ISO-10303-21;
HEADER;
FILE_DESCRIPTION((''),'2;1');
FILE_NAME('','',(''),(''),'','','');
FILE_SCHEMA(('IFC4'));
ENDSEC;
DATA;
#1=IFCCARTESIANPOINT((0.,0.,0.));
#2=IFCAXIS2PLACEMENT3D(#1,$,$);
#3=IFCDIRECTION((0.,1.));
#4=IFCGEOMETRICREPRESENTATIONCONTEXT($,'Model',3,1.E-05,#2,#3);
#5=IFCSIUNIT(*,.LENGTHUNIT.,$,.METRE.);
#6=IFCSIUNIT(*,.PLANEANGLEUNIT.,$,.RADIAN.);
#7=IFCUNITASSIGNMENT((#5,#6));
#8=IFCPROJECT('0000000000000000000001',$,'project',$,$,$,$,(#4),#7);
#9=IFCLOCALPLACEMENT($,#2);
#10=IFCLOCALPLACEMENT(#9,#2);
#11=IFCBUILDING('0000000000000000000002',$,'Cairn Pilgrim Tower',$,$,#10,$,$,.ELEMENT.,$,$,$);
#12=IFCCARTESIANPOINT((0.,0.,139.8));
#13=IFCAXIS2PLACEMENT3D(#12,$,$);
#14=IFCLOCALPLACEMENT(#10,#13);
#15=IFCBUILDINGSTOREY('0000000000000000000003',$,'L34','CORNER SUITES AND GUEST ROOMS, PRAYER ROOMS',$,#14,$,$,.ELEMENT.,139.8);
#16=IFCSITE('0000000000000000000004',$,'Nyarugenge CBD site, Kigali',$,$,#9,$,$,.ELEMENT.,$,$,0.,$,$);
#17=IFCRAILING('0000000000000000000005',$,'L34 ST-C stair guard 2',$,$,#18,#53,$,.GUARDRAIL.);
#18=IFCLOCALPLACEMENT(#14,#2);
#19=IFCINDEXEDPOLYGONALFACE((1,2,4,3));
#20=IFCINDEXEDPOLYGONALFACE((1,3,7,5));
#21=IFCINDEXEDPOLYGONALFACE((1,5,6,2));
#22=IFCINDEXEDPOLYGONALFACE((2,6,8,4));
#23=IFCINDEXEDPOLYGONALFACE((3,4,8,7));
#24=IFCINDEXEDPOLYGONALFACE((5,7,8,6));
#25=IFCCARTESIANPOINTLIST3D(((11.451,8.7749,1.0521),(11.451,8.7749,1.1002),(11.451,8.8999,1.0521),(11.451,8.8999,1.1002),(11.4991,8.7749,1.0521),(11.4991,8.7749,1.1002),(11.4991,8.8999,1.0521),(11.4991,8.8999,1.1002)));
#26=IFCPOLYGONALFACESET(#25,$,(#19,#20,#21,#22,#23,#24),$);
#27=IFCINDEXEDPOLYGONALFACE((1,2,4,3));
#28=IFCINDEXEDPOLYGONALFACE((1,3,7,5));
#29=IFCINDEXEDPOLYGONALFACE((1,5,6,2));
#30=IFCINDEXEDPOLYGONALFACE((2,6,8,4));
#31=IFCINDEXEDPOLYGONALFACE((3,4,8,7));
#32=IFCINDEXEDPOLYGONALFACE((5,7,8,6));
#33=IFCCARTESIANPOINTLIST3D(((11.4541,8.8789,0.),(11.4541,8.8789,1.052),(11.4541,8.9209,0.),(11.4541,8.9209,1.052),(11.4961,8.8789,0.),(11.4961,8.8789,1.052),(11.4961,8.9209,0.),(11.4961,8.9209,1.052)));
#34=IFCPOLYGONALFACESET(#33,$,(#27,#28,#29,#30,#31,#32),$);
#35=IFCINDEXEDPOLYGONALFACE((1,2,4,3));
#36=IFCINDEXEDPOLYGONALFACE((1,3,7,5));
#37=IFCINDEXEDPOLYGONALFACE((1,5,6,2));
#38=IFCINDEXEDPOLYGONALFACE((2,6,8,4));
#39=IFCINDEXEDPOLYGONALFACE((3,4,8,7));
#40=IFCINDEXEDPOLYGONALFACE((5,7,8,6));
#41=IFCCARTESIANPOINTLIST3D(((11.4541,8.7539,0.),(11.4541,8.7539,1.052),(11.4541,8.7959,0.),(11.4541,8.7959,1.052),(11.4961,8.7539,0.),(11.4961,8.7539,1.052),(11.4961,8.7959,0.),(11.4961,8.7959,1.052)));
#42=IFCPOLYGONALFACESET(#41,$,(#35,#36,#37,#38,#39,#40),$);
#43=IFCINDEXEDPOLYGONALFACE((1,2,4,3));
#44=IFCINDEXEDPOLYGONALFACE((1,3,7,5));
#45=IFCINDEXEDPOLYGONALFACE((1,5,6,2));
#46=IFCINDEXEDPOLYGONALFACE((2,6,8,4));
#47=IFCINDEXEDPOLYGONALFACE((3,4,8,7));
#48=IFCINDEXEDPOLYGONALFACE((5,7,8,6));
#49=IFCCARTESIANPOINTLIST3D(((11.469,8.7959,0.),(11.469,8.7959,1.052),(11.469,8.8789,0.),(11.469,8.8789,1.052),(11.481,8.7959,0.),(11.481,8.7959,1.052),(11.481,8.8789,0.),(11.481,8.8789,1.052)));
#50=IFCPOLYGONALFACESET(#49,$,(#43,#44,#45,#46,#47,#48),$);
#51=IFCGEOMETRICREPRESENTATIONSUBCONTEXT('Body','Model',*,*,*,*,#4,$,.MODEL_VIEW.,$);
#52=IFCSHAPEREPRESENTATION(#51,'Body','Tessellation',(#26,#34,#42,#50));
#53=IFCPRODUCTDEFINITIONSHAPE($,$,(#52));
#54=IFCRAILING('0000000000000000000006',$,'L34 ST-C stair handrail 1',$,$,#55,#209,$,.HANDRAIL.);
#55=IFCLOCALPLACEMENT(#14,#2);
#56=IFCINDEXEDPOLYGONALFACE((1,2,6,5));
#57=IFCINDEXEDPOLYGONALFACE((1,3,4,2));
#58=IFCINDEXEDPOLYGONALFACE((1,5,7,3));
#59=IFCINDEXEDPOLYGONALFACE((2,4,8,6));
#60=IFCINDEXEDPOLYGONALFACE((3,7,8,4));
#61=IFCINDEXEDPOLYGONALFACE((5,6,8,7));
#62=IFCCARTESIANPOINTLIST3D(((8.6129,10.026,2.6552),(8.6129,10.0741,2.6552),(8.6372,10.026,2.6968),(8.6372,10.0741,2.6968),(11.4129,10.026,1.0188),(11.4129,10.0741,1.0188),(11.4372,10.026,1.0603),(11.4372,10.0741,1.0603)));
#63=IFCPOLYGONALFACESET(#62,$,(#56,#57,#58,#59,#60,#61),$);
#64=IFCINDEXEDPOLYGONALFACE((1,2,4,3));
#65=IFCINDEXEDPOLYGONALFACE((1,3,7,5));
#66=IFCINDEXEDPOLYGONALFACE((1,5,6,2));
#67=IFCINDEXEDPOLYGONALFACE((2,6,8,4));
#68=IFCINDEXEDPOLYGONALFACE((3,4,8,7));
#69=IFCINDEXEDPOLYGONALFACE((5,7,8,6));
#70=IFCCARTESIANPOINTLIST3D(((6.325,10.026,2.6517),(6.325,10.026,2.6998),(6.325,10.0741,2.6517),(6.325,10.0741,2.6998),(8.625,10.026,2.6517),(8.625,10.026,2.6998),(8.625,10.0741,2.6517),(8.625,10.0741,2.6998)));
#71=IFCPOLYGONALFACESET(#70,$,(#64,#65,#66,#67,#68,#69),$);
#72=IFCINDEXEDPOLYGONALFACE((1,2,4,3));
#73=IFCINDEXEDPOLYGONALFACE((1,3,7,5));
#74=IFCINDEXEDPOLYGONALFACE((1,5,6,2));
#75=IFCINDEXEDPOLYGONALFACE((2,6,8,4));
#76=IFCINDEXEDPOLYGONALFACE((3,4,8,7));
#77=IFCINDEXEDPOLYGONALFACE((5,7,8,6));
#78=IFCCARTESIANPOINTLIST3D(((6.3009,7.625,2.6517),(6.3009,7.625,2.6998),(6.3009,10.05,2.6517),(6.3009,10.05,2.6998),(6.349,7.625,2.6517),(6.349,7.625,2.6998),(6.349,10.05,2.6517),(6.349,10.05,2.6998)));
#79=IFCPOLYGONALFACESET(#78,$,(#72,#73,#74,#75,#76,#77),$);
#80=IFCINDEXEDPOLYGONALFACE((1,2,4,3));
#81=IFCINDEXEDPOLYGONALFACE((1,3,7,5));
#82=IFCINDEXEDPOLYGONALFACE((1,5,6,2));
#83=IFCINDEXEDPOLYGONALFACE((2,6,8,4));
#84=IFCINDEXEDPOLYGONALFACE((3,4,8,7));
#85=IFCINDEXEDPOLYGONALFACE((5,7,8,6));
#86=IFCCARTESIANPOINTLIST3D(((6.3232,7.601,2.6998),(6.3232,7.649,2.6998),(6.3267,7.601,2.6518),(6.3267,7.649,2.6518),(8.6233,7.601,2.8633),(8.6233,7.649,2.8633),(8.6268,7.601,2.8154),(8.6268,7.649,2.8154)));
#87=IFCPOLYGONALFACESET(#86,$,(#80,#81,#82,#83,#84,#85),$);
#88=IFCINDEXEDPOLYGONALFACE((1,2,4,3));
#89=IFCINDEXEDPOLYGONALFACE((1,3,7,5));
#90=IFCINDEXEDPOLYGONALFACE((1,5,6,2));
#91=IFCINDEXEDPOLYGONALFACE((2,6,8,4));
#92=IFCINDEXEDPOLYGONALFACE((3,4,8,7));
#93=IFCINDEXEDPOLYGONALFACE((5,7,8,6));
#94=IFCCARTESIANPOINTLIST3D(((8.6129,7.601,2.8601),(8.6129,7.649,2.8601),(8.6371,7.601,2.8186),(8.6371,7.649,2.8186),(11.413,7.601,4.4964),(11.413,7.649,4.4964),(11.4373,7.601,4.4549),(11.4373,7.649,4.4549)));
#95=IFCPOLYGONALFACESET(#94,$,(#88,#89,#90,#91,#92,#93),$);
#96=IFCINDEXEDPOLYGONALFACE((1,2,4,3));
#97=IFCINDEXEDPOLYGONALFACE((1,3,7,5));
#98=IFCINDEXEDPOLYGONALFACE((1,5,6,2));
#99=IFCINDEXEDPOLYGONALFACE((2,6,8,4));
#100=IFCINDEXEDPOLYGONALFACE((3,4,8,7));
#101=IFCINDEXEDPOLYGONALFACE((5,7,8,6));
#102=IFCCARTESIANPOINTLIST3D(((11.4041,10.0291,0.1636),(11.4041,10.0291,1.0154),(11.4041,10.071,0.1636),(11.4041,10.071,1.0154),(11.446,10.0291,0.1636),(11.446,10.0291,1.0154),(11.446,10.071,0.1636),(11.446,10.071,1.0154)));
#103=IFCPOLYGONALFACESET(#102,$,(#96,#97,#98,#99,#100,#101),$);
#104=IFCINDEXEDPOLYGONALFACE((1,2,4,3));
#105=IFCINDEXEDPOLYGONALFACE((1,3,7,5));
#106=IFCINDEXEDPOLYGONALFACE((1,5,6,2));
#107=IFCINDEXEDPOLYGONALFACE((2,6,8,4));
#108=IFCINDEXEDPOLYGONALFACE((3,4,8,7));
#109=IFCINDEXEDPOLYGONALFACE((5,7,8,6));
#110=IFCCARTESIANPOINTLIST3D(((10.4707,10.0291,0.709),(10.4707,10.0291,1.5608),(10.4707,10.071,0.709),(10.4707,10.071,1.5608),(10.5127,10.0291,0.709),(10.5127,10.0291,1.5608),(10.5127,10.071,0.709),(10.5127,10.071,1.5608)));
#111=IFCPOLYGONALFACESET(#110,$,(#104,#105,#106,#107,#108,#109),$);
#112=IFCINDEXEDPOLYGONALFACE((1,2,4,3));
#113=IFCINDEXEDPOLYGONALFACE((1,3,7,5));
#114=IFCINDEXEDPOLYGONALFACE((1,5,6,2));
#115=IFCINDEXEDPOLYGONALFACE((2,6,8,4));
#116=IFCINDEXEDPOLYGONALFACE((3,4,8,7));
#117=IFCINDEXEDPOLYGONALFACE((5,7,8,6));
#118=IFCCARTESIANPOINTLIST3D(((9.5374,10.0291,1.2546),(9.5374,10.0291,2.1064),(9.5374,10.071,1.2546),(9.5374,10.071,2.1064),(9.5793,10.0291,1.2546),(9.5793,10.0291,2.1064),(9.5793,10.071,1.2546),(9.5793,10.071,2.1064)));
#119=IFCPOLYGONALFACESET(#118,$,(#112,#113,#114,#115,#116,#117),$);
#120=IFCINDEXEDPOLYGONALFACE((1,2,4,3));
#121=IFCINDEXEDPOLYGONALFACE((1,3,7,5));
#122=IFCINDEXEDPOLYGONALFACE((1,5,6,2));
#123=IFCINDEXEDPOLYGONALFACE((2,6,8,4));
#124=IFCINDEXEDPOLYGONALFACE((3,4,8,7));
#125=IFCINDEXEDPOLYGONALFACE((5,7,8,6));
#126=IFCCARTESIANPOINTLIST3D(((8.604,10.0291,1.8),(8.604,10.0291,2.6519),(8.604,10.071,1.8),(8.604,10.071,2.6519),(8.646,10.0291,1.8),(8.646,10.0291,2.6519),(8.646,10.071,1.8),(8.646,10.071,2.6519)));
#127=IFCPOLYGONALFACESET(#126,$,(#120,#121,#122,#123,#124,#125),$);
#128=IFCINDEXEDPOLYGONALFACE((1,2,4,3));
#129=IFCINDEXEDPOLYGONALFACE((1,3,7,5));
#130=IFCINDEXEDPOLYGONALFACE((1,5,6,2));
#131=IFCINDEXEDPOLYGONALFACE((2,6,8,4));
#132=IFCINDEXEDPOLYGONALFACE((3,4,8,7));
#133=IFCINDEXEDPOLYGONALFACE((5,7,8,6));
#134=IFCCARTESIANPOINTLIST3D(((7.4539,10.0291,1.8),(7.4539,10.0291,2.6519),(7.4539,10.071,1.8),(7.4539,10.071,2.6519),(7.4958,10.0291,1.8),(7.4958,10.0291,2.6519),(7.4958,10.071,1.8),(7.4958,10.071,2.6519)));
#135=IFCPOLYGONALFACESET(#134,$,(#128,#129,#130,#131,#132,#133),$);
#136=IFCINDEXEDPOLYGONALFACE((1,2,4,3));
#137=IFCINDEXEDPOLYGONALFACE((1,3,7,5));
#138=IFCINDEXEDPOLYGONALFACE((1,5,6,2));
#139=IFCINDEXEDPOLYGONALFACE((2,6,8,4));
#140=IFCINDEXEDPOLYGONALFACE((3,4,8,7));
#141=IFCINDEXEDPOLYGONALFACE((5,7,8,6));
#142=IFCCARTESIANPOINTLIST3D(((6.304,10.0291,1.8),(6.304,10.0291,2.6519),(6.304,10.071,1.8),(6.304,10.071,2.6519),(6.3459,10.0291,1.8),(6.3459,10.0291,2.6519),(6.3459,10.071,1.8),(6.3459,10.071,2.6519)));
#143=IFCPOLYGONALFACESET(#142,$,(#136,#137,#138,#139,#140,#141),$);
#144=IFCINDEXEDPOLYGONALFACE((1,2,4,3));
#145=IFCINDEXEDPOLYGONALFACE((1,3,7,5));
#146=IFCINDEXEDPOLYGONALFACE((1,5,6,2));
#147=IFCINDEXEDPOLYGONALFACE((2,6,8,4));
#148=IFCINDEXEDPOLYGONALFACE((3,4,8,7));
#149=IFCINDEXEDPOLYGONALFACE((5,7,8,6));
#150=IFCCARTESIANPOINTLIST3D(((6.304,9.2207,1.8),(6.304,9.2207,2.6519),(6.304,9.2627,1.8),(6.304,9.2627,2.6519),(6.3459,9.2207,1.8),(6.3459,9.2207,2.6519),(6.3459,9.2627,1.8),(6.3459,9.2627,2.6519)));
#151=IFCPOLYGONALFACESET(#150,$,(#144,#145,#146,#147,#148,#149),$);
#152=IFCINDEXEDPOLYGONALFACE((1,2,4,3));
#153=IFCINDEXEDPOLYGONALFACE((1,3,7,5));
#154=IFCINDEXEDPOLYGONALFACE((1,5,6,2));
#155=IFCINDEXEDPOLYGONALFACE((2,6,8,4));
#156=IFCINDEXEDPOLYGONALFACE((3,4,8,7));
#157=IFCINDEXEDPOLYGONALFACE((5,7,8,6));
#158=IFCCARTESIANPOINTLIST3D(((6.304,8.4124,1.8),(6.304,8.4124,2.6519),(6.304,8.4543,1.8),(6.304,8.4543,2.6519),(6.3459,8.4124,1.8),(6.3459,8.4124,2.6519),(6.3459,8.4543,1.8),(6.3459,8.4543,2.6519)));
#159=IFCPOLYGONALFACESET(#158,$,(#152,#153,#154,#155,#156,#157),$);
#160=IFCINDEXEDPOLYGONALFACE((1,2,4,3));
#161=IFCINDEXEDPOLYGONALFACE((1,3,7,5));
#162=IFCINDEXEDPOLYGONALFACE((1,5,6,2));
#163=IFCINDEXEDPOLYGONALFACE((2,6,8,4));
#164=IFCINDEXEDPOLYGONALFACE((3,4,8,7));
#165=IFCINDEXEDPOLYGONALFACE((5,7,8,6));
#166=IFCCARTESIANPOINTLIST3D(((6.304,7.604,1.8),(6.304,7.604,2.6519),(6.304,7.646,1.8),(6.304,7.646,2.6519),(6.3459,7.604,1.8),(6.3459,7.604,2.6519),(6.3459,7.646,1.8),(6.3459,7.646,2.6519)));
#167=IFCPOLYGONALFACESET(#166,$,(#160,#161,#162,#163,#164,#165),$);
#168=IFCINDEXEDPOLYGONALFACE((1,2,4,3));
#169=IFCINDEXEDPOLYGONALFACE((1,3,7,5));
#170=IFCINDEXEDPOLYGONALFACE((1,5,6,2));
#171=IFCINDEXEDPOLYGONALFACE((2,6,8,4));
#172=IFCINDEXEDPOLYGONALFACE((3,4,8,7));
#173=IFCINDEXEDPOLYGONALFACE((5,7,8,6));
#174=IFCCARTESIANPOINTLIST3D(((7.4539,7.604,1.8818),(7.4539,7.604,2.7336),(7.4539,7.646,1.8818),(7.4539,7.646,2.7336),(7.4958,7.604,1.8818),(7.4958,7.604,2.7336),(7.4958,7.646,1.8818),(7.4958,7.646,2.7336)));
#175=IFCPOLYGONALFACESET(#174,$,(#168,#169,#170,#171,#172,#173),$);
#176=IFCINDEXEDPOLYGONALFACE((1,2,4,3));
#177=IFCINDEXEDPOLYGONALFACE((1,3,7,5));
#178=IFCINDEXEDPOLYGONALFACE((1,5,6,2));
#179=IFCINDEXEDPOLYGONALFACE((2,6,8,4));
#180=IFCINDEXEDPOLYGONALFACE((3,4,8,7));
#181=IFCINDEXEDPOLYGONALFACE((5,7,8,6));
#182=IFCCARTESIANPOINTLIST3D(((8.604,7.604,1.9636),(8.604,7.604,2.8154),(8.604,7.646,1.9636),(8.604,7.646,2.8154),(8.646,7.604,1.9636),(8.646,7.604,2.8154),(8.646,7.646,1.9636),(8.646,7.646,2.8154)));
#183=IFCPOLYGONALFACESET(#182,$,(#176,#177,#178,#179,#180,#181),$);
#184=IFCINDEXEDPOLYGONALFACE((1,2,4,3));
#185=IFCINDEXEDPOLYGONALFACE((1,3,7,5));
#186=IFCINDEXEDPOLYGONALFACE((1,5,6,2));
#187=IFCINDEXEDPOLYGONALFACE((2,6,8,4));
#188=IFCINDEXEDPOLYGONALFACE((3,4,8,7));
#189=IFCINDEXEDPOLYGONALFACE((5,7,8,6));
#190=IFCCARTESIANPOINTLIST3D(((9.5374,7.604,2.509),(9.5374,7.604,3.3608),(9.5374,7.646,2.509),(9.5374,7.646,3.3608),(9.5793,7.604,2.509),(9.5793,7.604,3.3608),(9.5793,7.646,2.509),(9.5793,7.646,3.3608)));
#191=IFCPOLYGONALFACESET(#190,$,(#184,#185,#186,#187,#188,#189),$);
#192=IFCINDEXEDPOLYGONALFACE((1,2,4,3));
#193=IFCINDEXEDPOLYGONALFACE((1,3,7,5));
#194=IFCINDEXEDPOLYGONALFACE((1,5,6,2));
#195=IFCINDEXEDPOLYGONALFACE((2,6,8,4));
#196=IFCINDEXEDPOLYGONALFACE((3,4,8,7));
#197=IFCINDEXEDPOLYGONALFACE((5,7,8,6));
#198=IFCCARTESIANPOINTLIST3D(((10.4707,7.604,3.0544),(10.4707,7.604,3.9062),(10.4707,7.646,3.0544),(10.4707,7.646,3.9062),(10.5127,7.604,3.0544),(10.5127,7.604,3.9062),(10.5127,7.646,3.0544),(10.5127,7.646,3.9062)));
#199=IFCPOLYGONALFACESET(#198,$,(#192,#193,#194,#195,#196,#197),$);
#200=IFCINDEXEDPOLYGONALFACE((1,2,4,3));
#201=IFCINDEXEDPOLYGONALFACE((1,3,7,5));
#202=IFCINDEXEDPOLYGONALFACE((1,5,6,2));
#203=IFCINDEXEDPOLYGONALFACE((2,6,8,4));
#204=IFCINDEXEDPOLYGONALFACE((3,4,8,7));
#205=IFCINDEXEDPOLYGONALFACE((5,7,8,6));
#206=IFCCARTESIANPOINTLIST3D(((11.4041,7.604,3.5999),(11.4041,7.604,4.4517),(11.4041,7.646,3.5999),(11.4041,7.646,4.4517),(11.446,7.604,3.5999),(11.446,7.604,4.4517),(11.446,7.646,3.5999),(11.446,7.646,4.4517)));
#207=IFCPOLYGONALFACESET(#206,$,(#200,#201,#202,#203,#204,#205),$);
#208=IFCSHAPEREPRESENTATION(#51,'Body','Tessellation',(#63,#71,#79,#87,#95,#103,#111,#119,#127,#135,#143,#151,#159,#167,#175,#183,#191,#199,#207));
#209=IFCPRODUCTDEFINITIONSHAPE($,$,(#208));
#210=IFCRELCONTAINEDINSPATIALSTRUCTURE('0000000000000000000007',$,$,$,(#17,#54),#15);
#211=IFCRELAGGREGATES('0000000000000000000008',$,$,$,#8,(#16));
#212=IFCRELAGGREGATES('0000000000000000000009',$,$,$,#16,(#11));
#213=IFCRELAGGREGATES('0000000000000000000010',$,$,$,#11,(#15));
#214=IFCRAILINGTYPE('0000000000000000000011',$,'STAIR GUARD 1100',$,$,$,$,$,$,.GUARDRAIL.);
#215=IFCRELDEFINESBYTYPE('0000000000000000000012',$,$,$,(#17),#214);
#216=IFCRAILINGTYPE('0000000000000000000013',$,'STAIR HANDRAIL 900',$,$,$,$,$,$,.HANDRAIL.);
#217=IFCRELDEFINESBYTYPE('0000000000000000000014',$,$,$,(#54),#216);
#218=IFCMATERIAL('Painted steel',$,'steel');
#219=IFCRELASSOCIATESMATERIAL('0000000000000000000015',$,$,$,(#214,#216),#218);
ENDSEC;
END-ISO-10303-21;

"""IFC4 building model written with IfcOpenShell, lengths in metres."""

from ifc_helpers import new_model, si_unit, direction, frame, origin, origin_2d, place, context, subcontext, project, spatial, polyline, rectangle, outline, extrude, material, type_object, element, save


model = new_model("IFC4")

# Units and contexts
model_context = context("Model", 3, precision=1e-05, world=origin(), true_north=direction((0.0, 1.0)))
body_context = subcontext(model_context, "Body", "Model", "MODEL_VIEW")
ifc_project = project(units=[si_unit("LENGTHUNIT", "METRE"), si_unit("PLANEANGLEUNIT", "RADIAN")], contexts=[model_context])

# Site, building, storey
site_placement = place(None, origin())
site = spatial("IfcSite", under=ifc_project, at=site_placement, Name="Nyarugenge CBD site, Kigali", CompositionType="ELEMENT", RefElevation=0.0)
building_placement = place(site_placement, origin())
building = spatial("IfcBuilding", under=site, at=building_placement, Name="Cairn Pilgrim Tower", CompositionType="ELEMENT")
storey_placement = place(building_placement, frame((0.0, 0.0, 139.8)))
storey = spatial("IfcBuildingStorey", under=building, at=storey_placement, Name="L34", Description="CORNER SUITES AND GUEST ROOMS, PRAYER ROOMS", CompositionType="ELEMENT", Elevation=139.8)

# Shared definitions
ifc_material_1 = material(Name="Painted steel", Category="steel")

# Railings
railing_type_1 = type_object("IfcRailingType", Name="STAIR GUARD 1100", PredefinedType="GUARDRAIL", material=ifc_material_1)
railing_1_placement = place(storey_placement, frame((11.4751, 8.8999, 0.0)))
element("IfcRailing", 1, at=railing_1_placement, inside=storey, type_object=railing_type_1, Name="L34 ST-C stair guard 2", PredefinedType="GUARDRAIL", context=body_context, shape_type="SweptSolid", body=[
    extrude(rectangle(XDim=0.0481, YDim=0.0481, at=origin_2d()), frame((0.0, 0.0, 1.0762), z_axis=(0.0, -1.0, 0.0), x_axis=(1.0, 0.0, 0.0)), (0.0, 0.0, 1.0), 0.125),
    extrude(rectangle(XDim=0.042, YDim=0.042, at=origin_2d()), origin(), (0.0, 0.0, 1.0), 1.052),
    extrude(rectangle(XDim=0.042, YDim=0.042, at=origin_2d()), frame((0.0, -0.125, 0.0)), (0.0, 0.0, 1.0), 1.052),
    extrude(outline(polyline([(0.021, 0.0), (0.104, 0.0), (0.104, 1.052), (0.021, 1.052), (0.021, 0.0)])), frame((0.0059, 0.0, 0.0), z_axis=(-1.0, 0.0, 0.0), x_axis=(0.0, -1.0, 0.0)), (0.0, 0.0, 1.0), 0.012),
])
railing_type_2 = type_object("IfcRailingType", Name="STAIR HANDRAIL 900", PredefinedType="HANDRAIL", material=ifc_material_1)
railing_2_placement = place(storey_placement, frame((11.425, 10.05, 0.1636)))
element("IfcRailing", 2, at=railing_2_placement, inside=storey, type_object=railing_type_2, Name="L34 ST-C stair handrail 1", PredefinedType="HANDRAIL", context=body_context, shape_type="SweptSolid", body=[
    extrude(rectangle(XDim=0.0481, YDim=0.0481, at=origin_2d()), frame((0.0, 0.0, 0.876), z_axis=(-0.863361, 0.0, 0.504587), x_axis=(0.0, -1.0, 0.0)), (0.0, 0.0, 1.0), 3.2432),
    extrude(rectangle(XDim=0.0481, YDim=0.0481, at=origin_2d()), frame((-2.8, 0.0, 2.5122), z_axis=(-1.0, 0.0, 0.0), x_axis=(0.0, -1.0, 0.0)), (0.0, 0.0, 1.0), 2.3),
    extrude(rectangle(XDim=0.0481, YDim=0.0481, at=origin_2d()), frame((-5.1001, 0.0, 2.5122), z_axis=(0.0, -1.0, 0.0), x_axis=(1.0, 0.0, 0.0)), (0.0, 0.0, 1.0), 2.425),
    extrude(rectangle(XDim=0.0481, YDim=0.0481, at=origin_2d()), frame((-5.1001, -2.425, 2.5122), z_axis=(0.997481, 0.0, 0.070939), x_axis=(0.0, 1.0, 0.0)), (0.0, 0.0, 1.0), 2.3059),
    extrude(rectangle(XDim=0.0481, YDim=0.0481, at=origin_2d()), frame((-2.8, -2.425, 2.6758), z_axis=(0.863394, 0.0, 0.504531), x_axis=(0.0, 1.0, 0.0)), (0.0, 0.0, 1.0), 3.2432),
    extrude(rectangle(XDim=0.042, YDim=0.042, at=origin_2d()), origin(), (0.0, 0.0, 1.0), 0.8518),
    extrude(rectangle(XDim=0.042, YDim=0.042, at=origin_2d()), frame((-0.9333, 0.0, 0.5454)), (0.0, 0.0, 1.0), 0.8518),
    extrude(rectangle(XDim=0.042, YDim=0.042, at=origin_2d()), frame((-1.8667, 0.0, 1.0911)), (0.0, 0.0, 1.0), 0.8518),
    extrude(rectangle(XDim=0.042, YDim=0.042, at=origin_2d()), frame((-2.8, 0.0, 1.6365)), (0.0, 0.0, 1.0), 0.8518),
    extrude(rectangle(XDim=0.042, YDim=0.042, at=origin_2d()), frame((-3.9502, 0.0, 1.6365)), (0.0, 0.0, 1.0), 0.8518),
    extrude(rectangle(XDim=0.042, YDim=0.042, at=origin_2d()), frame((-5.1001, 0.0, 1.6365)), (0.0, 0.0, 1.0), 0.8518),
    extrude(rectangle(XDim=0.042, YDim=0.042, at=origin_2d()), frame((-5.1001, -0.8083, 1.6365)), (0.0, 0.0, 1.0), 0.8518),
    extrude(rectangle(XDim=0.042, YDim=0.042, at=origin_2d()), frame((-5.1001, -1.6167, 1.6365)), (0.0, 0.0, 1.0), 0.8518),
    extrude(rectangle(XDim=0.042, YDim=0.042, at=origin_2d()), frame((-5.1001, -2.425, 1.6365)), (0.0, 0.0, 1.0), 0.8518),
    extrude(rectangle(XDim=0.042, YDim=0.042, at=origin_2d()), frame((-3.9502, -2.425, 1.7183)), (0.0, 0.0, 1.0), 0.8518),
    extrude(rectangle(XDim=0.042, YDim=0.042, at=origin_2d()), frame((-2.8, -2.425, 1.8)), (0.0, 0.0, 1.0), 0.8518),
    extrude(rectangle(XDim=0.042, YDim=0.042, at=origin_2d()), frame((-1.8667, -2.425, 2.3455)), (0.0, 0.0, 1.0), 0.8518),
    extrude(rectangle(XDim=0.042, YDim=0.042, at=origin_2d()), frame((-0.9333, -2.425, 2.8909)), (0.0, 0.0, 1.0), 0.8518),
    extrude(rectangle(XDim=0.042, YDim=0.042, at=origin_2d()), frame((0.0, -2.425, 3.4363)), (0.0, 0.0, 1.0), 0.8518),
])

save(model, "model.ifc")
